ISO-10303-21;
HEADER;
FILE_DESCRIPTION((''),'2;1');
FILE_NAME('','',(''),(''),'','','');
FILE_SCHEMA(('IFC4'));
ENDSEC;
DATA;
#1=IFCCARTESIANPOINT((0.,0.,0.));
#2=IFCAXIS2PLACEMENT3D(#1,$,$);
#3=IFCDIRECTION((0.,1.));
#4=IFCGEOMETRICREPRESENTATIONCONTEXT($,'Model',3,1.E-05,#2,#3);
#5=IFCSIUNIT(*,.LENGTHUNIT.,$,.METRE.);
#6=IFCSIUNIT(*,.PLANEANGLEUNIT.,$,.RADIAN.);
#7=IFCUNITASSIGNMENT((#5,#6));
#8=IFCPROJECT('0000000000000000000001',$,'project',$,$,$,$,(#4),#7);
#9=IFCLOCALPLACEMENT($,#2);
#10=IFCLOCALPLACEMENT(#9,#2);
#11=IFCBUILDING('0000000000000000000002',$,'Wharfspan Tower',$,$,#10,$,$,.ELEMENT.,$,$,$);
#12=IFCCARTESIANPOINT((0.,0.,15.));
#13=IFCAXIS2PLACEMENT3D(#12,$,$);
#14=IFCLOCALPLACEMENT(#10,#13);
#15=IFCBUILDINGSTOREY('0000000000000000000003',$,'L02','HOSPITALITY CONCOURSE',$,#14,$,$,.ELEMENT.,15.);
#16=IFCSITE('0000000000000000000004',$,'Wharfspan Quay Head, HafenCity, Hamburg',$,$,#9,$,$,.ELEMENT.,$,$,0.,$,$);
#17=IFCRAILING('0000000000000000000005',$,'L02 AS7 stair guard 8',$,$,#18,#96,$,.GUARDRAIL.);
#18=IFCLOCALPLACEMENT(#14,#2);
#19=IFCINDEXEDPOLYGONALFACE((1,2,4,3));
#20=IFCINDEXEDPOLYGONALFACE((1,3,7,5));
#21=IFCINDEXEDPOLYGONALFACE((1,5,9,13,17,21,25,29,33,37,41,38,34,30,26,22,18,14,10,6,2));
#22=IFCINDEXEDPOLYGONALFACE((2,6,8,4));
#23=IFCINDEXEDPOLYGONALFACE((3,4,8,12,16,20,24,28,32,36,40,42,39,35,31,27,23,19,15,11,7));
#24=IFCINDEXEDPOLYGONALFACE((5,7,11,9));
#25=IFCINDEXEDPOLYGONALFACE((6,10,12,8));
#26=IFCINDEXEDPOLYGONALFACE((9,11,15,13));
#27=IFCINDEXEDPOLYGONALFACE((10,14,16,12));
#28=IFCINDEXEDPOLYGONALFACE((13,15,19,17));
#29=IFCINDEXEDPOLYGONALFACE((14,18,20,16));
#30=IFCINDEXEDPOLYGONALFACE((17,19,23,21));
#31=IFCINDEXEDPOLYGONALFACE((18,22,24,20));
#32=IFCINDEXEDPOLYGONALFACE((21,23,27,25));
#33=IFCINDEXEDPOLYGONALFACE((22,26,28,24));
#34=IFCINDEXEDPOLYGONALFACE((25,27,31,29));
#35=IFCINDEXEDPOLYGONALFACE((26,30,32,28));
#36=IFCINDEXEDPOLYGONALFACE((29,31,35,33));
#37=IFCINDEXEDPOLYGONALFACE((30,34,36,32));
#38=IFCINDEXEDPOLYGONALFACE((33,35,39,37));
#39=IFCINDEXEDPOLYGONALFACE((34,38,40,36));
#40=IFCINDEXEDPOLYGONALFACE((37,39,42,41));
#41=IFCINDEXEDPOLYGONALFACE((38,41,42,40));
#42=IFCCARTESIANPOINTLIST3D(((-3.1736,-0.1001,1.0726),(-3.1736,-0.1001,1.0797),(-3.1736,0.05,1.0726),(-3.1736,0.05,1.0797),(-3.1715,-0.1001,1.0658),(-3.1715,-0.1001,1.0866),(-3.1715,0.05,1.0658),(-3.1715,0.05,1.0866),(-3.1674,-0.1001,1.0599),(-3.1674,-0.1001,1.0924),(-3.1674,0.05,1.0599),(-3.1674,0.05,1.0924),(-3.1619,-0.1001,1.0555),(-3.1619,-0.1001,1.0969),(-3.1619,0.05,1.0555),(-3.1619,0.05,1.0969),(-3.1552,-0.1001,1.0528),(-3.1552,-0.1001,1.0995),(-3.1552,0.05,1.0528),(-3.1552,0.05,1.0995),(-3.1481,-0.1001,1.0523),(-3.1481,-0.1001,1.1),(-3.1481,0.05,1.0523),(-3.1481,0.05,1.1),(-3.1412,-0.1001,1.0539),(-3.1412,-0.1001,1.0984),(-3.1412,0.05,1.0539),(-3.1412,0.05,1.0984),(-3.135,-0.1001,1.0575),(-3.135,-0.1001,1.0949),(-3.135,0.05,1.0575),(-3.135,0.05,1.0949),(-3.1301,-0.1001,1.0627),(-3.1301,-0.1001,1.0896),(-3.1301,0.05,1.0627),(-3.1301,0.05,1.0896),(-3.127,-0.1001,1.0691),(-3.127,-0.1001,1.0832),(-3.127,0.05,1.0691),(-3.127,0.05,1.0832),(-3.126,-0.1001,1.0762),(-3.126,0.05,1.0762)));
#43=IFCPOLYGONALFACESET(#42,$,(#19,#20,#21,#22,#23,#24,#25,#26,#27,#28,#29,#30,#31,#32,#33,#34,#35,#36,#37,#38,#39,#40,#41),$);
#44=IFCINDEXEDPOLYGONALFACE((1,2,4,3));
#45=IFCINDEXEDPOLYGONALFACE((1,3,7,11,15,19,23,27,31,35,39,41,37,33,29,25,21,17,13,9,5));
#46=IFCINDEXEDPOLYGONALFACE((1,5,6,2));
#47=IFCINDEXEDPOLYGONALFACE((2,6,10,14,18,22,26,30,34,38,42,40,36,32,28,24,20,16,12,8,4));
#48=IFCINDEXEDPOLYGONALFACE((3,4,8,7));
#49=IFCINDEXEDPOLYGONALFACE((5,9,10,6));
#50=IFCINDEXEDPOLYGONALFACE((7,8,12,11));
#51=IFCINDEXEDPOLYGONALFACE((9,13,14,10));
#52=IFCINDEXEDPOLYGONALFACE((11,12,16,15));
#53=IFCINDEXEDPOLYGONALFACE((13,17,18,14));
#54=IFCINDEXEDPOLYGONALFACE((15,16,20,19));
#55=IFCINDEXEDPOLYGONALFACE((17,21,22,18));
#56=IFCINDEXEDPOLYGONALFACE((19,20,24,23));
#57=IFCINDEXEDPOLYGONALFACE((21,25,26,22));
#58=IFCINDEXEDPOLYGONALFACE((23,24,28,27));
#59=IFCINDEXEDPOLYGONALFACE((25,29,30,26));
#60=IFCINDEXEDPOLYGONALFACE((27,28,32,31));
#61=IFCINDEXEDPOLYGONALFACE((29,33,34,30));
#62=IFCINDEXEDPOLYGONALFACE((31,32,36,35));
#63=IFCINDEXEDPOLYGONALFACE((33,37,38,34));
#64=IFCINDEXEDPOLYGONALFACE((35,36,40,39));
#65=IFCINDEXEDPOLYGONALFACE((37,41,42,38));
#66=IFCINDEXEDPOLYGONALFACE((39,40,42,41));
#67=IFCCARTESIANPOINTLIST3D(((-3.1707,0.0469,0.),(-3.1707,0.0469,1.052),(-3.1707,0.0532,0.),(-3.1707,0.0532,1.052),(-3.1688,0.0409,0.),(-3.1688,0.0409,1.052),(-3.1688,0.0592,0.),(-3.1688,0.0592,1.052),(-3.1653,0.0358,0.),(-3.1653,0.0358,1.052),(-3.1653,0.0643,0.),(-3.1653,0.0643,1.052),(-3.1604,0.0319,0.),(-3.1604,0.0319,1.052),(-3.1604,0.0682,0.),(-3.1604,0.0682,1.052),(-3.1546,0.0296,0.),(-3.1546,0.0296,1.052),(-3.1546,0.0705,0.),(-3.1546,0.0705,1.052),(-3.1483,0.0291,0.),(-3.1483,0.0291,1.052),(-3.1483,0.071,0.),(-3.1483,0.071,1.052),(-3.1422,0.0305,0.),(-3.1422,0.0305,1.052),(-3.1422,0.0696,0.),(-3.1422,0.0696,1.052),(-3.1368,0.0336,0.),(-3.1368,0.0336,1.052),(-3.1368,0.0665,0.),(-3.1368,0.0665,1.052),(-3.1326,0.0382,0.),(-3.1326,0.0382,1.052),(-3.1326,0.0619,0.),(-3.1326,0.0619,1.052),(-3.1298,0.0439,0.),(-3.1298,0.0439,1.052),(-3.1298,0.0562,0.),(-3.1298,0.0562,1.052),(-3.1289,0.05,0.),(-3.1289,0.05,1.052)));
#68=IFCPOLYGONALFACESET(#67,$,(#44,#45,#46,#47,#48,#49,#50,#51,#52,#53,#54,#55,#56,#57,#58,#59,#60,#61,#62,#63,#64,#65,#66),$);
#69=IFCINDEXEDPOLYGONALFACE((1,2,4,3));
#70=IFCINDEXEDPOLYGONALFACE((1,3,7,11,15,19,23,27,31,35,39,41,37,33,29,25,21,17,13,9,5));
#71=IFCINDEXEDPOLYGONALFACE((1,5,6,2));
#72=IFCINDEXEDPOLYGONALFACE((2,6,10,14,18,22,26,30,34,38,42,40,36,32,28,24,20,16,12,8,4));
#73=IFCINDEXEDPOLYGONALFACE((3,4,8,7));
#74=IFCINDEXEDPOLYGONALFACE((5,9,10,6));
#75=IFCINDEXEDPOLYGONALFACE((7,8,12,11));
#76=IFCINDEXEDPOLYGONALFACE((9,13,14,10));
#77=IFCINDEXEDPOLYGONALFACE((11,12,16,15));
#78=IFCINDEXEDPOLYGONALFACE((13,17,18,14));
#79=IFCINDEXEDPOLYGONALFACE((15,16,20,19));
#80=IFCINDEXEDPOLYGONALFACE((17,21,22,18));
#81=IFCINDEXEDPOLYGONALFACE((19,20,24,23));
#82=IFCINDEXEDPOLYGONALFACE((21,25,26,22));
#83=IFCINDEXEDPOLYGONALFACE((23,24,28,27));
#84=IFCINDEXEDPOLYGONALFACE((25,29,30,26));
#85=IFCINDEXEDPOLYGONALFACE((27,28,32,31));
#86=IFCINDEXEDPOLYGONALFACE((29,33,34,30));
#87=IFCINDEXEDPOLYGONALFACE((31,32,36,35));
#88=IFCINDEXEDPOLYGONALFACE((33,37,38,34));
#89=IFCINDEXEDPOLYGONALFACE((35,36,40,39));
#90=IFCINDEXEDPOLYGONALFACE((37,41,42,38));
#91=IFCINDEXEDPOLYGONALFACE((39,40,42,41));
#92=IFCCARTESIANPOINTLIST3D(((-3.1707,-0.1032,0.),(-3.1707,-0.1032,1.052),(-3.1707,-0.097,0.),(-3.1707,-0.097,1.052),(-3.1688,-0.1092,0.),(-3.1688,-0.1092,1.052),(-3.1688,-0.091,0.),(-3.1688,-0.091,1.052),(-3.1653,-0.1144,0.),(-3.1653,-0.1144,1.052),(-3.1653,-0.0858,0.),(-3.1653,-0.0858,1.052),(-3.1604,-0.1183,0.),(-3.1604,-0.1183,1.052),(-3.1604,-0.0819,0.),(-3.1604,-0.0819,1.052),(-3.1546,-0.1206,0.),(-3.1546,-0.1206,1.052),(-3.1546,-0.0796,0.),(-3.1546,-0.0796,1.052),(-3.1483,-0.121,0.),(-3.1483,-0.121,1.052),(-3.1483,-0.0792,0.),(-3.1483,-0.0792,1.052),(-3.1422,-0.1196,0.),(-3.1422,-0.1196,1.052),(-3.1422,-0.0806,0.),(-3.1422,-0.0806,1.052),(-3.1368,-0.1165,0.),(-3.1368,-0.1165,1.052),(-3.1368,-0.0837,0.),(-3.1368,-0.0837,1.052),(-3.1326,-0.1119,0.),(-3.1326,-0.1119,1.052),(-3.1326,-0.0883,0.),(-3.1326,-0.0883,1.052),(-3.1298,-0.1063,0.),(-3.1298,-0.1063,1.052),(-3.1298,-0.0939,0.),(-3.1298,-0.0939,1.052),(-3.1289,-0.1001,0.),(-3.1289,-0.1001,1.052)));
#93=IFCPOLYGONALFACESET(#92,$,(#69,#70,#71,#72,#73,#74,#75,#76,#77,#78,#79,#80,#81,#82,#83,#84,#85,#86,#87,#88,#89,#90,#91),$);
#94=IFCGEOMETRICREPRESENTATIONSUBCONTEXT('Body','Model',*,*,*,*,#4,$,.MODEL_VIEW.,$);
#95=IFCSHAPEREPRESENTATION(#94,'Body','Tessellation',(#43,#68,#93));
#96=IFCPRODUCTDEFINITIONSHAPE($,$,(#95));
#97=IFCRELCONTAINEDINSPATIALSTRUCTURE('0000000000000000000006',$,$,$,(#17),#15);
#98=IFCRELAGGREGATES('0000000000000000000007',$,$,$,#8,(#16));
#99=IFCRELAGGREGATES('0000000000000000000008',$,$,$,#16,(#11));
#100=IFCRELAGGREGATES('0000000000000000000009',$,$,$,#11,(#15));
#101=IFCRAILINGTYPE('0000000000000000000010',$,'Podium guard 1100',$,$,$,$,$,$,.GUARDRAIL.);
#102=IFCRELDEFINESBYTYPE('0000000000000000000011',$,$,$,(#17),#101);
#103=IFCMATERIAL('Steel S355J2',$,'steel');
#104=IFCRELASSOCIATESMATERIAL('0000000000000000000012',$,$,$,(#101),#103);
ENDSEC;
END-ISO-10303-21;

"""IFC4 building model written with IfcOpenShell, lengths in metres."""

from ifc_helpers import new_model, si_unit, direction, frame, origin, origin_2d, place, context, subcontext, project, spatial, circle, extrude, material, type_object, element, save


model = new_model("IFC4")

# Units and contexts
model_context = context("Model", 3, precision=1e-05, world=origin(), true_north=direction((0.0, 1.0)))
body_context = subcontext(model_context, "Body", "Model", "MODEL_VIEW")
ifc_project = project(units=[si_unit("LENGTHUNIT", "METRE"), si_unit("PLANEANGLEUNIT", "RADIAN")], contexts=[model_context])

# Site, building, storey
site_placement = place(None, origin())
site = spatial("IfcSite", under=ifc_project, at=site_placement, Name="Wharfspan Quay Head, HafenCity, Hamburg", CompositionType="ELEMENT", RefElevation=0.0)
building_placement = place(site_placement, origin())
building = spatial("IfcBuilding", under=site, at=building_placement, Name="Wharfspan Tower", CompositionType="ELEMENT")
storey_placement = place(building_placement, frame((0.0, 0.0, 15.0)))
storey = spatial("IfcBuildingStorey", under=building, at=storey_placement, Name="L02", Description="HOSPITALITY CONCOURSE", CompositionType="ELEMENT", Elevation=15.0)

# Railing
ifc_material_1 = material(Name="Steel S355J2", Category="steel")
railing_type_1 = type_object("IfcRailingType", Name="Podium guard 1100", PredefinedType="GUARDRAIL", material=ifc_material_1)
railing_1_placement = place(storey_placement, frame((-3.1499, 0.05, 0.0)))
element("IfcRailing", 1, at=railing_1_placement, inside=storey, type_object=railing_type_1, Name="L02 AS7 stair guard 8", PredefinedType="GUARDRAIL", context=body_context, shape_type="SweptSolid", body=[
    extrude(circle(Radius=0.0239, at=origin_2d()), frame((0.0, 0.0, 1.0762), z_axis=(0.0, -1.0, 0.0), x_axis=(1.0, 0.0, 0.0)), (0.0, 0.0, 1.0), 0.1501),
    extrude(circle(Radius=0.021, at=origin_2d()), origin(), (0.0, 0.0, 1.0), 1.052),
    extrude(circle(Radius=0.021, at=origin_2d()), frame((0.0, -0.1501, 0.0)), (0.0, 0.0, 1.0), 1.052),
])

save(model, "model.ifc")
